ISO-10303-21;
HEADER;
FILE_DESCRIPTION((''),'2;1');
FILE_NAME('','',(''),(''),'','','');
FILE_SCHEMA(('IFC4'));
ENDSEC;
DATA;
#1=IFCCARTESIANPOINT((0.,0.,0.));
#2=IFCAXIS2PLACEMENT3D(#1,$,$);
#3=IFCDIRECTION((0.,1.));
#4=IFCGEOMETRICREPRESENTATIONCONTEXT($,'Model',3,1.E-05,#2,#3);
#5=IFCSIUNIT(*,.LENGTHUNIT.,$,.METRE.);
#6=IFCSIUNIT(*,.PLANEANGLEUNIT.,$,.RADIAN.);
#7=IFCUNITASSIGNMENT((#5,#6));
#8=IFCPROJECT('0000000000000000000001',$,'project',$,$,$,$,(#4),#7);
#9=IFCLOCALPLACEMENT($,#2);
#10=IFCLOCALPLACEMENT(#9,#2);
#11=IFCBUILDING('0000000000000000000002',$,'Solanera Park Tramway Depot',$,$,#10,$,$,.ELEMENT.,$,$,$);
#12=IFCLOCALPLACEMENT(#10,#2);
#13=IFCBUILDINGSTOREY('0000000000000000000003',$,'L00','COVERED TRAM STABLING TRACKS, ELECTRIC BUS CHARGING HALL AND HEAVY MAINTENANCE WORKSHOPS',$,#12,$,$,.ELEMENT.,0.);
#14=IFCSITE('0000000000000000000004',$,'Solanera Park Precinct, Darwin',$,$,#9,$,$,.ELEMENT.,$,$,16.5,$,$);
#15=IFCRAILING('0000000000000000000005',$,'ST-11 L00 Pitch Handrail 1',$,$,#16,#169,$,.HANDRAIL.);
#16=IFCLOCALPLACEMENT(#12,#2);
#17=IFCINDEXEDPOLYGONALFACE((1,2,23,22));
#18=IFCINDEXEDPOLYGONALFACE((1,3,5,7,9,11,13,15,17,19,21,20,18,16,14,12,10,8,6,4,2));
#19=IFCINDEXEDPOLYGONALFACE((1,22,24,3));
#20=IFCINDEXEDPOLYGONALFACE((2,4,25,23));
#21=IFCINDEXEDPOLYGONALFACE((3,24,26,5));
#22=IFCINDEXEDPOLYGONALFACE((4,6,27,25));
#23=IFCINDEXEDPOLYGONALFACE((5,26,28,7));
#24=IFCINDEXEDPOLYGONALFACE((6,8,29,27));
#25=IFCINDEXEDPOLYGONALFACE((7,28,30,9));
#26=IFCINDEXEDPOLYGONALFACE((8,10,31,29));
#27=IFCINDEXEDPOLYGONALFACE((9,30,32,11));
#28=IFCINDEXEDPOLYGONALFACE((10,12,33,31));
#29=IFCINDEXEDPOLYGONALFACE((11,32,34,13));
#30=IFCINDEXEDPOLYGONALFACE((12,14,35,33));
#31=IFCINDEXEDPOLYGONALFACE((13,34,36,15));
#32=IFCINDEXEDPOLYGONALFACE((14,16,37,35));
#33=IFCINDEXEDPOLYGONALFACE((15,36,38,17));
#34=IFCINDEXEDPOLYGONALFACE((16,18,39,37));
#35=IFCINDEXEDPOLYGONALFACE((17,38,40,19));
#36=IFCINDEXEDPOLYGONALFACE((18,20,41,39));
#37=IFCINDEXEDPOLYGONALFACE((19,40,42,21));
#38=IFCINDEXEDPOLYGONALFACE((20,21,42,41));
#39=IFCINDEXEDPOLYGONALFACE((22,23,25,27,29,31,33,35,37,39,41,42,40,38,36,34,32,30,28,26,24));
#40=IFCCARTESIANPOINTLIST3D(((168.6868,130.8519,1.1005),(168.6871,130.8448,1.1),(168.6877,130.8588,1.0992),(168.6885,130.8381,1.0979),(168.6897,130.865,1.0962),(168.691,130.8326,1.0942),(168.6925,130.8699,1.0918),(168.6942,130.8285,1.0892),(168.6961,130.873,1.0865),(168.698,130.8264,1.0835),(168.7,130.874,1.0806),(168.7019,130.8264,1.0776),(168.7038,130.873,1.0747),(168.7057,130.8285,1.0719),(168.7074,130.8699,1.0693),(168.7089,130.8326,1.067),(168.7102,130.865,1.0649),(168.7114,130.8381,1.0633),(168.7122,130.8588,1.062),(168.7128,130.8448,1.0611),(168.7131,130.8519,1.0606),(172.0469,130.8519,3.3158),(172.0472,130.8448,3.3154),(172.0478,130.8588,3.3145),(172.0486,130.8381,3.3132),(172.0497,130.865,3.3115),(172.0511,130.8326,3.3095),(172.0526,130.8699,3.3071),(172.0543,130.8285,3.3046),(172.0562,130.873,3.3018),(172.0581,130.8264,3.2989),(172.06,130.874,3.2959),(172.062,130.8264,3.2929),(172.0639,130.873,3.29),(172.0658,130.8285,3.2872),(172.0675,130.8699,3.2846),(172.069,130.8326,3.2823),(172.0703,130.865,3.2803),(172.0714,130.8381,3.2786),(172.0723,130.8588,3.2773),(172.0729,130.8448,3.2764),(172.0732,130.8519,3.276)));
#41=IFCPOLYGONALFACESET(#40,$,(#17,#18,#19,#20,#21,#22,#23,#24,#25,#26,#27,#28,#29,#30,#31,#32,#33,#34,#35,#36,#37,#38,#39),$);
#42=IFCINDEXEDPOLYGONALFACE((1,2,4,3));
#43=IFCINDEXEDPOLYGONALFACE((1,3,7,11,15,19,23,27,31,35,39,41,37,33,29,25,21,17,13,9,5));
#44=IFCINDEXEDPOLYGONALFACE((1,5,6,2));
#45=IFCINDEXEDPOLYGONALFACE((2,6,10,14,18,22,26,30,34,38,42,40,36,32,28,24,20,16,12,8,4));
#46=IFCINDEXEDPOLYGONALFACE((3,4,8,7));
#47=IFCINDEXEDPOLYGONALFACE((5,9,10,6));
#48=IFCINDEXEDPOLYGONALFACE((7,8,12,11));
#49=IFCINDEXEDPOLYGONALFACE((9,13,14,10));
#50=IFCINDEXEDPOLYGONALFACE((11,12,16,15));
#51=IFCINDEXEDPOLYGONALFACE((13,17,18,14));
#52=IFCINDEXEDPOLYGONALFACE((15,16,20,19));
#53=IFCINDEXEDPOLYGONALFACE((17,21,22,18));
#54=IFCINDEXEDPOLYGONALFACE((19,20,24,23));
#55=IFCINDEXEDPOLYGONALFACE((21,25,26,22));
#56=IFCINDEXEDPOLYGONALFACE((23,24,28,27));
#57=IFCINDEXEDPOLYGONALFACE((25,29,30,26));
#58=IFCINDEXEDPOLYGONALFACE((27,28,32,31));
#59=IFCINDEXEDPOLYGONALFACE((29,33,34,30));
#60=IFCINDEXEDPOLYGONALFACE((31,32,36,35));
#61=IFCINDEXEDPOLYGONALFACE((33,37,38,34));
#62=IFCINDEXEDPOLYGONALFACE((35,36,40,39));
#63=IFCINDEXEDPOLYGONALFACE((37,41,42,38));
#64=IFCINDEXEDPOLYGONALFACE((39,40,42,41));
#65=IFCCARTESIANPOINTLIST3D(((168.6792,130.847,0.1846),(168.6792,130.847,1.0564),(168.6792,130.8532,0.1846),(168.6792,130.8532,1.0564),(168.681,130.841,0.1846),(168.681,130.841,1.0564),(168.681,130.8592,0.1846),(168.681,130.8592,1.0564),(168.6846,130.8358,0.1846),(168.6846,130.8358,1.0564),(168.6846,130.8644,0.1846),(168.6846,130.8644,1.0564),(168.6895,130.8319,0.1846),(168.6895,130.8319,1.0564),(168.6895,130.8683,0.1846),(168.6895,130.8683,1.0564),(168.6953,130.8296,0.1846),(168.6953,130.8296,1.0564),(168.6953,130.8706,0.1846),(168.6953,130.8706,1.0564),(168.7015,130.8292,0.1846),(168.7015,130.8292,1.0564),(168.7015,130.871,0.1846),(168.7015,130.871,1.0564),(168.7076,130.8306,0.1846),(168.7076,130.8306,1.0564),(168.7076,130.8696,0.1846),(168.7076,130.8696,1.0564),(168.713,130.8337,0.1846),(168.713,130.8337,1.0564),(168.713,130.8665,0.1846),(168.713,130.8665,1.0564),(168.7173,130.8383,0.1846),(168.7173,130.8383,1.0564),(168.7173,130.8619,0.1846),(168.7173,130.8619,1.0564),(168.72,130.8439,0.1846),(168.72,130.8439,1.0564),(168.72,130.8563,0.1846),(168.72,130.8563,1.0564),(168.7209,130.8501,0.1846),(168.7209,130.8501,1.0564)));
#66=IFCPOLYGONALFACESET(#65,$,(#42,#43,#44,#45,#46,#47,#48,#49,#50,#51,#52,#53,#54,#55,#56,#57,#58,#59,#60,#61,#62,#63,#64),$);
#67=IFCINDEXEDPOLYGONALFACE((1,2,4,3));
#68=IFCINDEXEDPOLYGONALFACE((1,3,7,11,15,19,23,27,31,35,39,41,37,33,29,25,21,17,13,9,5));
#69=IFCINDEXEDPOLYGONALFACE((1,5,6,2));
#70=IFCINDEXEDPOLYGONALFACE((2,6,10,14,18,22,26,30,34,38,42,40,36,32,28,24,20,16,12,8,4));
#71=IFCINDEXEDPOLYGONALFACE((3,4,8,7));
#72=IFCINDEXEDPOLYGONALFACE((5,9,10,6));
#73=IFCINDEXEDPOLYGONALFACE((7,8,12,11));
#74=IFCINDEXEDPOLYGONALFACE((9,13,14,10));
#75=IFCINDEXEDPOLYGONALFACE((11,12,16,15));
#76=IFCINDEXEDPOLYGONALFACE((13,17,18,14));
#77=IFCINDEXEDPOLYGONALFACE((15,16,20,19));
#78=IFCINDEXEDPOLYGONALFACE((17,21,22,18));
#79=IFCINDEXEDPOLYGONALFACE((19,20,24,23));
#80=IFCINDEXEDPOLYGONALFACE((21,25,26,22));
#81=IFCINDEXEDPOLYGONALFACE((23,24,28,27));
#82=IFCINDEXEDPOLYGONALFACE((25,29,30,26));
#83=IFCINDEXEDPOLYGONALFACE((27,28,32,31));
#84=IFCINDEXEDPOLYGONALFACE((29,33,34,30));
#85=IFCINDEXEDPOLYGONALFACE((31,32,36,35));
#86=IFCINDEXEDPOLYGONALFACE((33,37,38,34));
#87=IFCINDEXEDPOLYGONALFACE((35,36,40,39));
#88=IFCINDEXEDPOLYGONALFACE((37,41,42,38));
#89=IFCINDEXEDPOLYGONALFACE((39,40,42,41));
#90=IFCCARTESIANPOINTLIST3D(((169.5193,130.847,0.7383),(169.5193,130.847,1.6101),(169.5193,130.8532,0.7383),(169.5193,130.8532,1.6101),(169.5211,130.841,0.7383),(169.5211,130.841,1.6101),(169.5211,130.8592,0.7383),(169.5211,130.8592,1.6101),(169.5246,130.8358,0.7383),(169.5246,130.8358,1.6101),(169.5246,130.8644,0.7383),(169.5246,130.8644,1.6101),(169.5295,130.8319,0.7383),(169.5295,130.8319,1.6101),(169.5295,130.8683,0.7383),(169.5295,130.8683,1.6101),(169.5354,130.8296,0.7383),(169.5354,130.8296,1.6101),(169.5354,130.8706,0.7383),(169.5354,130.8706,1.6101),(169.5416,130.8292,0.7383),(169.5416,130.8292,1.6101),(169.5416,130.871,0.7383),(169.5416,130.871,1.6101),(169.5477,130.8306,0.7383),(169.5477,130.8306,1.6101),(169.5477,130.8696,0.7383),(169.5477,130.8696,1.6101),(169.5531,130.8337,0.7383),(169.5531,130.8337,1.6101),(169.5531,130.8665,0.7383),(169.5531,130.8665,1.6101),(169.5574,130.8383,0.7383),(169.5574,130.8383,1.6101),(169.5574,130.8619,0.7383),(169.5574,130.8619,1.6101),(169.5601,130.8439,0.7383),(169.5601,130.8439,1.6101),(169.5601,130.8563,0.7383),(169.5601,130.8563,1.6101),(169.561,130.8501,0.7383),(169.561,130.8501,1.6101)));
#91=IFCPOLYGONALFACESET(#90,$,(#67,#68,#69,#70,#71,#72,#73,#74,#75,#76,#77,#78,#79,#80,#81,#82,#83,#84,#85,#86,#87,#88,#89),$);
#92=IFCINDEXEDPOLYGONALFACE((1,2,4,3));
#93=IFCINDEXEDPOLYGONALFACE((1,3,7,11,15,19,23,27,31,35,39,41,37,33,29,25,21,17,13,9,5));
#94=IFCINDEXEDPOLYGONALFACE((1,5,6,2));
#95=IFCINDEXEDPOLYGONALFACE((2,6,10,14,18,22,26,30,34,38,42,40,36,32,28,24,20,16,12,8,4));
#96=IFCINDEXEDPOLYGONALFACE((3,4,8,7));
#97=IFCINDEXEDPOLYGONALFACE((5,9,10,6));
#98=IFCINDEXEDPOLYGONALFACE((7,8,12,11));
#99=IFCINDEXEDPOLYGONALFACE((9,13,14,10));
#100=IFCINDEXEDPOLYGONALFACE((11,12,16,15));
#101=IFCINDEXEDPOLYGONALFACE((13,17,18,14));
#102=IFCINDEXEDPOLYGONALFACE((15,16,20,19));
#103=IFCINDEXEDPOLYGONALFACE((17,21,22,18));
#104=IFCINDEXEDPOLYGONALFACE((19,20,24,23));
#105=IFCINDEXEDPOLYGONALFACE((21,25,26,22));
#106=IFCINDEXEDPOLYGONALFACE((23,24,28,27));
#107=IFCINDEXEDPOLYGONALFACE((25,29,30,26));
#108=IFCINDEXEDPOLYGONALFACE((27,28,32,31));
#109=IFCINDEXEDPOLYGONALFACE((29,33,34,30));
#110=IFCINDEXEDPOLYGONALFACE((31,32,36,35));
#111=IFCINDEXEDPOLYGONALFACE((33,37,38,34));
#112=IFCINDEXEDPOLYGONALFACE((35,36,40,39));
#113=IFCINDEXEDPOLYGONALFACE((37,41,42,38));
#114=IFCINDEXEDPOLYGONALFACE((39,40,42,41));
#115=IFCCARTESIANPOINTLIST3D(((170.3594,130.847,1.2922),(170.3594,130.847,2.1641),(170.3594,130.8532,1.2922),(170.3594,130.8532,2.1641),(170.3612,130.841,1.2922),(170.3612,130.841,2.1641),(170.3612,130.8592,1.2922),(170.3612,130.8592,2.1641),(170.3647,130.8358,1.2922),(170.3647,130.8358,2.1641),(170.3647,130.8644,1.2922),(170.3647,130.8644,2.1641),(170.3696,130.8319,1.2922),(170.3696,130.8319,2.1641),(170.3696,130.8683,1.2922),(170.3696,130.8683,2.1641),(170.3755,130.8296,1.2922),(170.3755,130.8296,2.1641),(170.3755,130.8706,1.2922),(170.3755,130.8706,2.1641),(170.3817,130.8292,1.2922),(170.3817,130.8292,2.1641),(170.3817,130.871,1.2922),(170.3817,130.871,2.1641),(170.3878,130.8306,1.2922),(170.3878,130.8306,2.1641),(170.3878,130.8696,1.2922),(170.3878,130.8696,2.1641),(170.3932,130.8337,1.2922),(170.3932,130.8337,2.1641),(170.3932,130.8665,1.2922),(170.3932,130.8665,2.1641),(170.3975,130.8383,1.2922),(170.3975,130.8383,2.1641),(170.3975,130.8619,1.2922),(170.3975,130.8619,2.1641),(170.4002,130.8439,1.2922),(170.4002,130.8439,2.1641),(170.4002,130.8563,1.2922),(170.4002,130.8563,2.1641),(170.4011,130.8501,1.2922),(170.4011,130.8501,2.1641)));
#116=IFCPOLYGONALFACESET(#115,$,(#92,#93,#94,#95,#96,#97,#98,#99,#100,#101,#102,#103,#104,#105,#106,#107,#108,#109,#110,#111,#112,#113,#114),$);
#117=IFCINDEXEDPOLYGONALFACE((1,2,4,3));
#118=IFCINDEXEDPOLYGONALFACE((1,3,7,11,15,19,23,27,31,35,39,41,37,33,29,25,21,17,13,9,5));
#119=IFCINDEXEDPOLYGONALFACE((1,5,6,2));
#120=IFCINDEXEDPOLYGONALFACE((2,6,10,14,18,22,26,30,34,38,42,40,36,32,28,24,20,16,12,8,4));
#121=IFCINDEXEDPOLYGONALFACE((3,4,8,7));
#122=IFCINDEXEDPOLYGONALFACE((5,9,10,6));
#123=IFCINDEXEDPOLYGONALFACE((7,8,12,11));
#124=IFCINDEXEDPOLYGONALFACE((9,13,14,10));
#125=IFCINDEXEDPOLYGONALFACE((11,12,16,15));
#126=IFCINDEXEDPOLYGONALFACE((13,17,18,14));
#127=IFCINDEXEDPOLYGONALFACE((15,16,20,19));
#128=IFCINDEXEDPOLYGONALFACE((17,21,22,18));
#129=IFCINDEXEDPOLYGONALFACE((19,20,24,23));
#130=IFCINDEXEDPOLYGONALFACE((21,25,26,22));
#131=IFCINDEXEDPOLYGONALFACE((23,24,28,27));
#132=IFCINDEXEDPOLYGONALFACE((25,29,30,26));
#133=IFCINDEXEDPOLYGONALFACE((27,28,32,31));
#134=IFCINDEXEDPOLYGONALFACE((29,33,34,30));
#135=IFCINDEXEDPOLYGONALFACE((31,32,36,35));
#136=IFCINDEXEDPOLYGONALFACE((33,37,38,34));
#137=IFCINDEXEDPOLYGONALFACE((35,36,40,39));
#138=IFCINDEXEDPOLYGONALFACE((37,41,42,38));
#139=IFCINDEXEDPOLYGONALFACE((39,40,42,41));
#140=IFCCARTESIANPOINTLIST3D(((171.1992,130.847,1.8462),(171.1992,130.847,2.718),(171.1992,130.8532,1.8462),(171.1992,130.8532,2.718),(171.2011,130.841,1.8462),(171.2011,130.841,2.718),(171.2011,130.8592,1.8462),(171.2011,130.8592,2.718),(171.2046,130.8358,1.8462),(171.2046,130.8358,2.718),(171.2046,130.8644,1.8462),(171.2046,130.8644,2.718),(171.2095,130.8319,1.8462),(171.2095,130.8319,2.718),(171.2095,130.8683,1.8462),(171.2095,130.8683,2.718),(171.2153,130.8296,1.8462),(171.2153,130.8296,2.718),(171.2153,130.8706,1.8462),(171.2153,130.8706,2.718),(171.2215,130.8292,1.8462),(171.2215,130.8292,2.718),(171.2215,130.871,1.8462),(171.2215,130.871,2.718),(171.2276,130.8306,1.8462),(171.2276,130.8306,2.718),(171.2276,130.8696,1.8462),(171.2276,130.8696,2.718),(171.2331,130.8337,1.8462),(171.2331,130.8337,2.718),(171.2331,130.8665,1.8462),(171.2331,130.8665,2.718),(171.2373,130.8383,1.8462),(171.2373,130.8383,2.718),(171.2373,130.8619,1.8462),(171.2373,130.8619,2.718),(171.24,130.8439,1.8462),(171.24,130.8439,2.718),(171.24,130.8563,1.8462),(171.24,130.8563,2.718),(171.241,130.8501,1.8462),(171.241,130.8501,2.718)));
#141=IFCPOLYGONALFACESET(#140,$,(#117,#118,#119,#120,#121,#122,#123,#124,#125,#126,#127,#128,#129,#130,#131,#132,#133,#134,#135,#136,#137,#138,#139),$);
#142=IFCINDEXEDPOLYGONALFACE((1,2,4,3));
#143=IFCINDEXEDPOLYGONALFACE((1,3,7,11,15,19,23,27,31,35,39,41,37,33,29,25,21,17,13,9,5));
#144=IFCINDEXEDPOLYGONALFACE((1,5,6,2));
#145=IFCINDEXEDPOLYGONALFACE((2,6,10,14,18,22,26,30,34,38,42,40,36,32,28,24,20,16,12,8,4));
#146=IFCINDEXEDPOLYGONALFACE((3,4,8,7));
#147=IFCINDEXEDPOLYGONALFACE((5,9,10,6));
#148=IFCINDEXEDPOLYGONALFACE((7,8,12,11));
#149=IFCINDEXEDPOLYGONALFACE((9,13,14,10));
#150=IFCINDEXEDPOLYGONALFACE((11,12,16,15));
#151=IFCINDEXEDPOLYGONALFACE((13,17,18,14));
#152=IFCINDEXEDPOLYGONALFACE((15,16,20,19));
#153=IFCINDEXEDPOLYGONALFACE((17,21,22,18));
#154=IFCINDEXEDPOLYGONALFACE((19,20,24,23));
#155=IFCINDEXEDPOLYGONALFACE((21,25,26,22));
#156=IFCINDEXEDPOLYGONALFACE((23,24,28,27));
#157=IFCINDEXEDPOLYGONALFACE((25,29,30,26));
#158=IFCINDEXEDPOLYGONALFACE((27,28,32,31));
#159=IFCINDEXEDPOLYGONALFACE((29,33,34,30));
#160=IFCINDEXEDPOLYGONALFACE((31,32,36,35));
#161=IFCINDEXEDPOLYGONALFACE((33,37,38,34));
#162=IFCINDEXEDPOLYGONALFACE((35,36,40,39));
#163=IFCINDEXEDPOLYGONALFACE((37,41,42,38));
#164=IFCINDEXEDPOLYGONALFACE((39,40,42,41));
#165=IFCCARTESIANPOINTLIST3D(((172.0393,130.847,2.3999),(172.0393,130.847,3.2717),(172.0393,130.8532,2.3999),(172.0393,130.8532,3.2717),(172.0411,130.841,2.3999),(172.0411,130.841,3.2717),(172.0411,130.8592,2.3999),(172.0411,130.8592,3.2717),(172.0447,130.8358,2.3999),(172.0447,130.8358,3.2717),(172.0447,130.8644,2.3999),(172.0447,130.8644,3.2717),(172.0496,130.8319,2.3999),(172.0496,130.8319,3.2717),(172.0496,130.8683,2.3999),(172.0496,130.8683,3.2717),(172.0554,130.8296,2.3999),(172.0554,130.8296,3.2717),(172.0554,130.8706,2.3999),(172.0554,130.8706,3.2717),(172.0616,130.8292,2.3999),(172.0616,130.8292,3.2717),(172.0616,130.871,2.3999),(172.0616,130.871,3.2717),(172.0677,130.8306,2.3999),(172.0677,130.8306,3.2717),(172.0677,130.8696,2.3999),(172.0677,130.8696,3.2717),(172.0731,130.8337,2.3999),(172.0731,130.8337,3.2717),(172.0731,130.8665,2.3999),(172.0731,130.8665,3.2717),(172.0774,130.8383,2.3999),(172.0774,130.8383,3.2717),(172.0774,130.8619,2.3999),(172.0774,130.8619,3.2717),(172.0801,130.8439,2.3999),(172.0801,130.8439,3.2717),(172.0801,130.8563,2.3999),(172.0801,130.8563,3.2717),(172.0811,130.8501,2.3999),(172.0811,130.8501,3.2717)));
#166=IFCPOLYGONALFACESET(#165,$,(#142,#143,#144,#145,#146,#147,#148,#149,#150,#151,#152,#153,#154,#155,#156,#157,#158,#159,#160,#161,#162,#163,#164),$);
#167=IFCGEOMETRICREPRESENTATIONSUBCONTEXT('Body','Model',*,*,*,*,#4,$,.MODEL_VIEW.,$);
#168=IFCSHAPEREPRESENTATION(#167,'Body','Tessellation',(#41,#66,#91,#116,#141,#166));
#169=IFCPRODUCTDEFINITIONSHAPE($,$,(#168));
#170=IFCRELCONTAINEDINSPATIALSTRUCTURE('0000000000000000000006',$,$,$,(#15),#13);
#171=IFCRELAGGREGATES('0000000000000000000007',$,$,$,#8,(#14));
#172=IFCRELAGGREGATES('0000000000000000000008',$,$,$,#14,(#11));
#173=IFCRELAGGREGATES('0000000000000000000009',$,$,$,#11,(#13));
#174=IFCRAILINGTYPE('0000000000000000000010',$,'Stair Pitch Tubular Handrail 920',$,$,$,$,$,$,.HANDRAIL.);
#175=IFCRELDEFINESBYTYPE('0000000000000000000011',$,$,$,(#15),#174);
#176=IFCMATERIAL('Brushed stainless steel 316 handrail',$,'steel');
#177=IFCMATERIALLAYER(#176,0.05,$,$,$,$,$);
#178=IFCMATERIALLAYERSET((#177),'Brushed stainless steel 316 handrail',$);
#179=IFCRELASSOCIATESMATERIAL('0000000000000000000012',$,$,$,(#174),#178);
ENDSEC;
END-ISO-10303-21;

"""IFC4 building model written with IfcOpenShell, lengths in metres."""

from ifc_helpers import new_model, si_unit, direction, frame, origin, origin_2d, place, context, subcontext, project, spatial, circle, extrude, material, layer, layer_set, type_object, element, save


model = new_model("IFC4")

# Units and contexts
model_context = context("Model", 3, precision=1e-05, world=origin(), true_north=direction((0.0, 1.0)))
body_context = subcontext(model_context, "Body", "Model", "MODEL_VIEW")
ifc_project = project(units=[si_unit("LENGTHUNIT", "METRE"), si_unit("PLANEANGLEUNIT", "RADIAN")], contexts=[model_context])

# Site, building, storey
site_placement = place(None, origin())
site = spatial("IfcSite", under=ifc_project, at=site_placement, Name="Solanera Park Precinct, Darwin", CompositionType="ELEMENT", RefElevation=16.5)
building_placement = place(site_placement, origin())
building = spatial("IfcBuilding", under=site, at=building_placement, Name="Solanera Park Tramway Depot", CompositionType="ELEMENT")
storey_placement = place(building_placement, origin())
storey = spatial("IfcBuildingStorey", under=building, at=storey_placement, Name="L00", Description="COVERED TRAM STABLING TRACKS, ELECTRIC BUS CHARGING HALL AND HEAVY MAINTENANCE WORKSHOPS", CompositionType="ELEMENT", Elevation=0.0)

# Railing
ifc_material_1 = material(Name="Brushed stainless steel 316 handrail", Category="steel")
ifc_layer_1 = layer(ifc_material_1, 0.05)
ifc_layer_set_1 = layer_set([ifc_layer_1], Name="Brushed stainless steel 316 handrail")
railing_type_1 = type_object("IfcRailingType", Name="Stair Pitch Tubular Handrail 920", PredefinedType="HANDRAIL", material=ifc_layer_set_1)
railing_1_placement = place(storey_placement, frame((168.7, 130.8501, 0.1846)))
element("IfcRailing", 1, at=railing_1_placement, inside=storey, type_object=railing_type_1, Name="ST-11 L00 Pitch Handrail 1", PredefinedType="HANDRAIL", context=body_context, shape_type="SweptSolid", body=[
    extrude(circle(Radius=0.0239, at=origin_2d()), frame((0.0, 0.0, 0.896), z_axis=(0.834876, 0.0, 0.550437), x_axis=(0.0, 1.0, 0.0)), (0.0, 0.0, 1.0), 4.0247),
    extrude(circle(Radius=0.021, at=origin_2d()), origin(), (0.0, 0.0, 1.0), 0.8718),
    extrude(circle(Radius=0.021, at=origin_2d()), frame((0.8401, 0.0, 0.5537)), (0.0, 0.0, 1.0), 0.8718),
    extrude(circle(Radius=0.021, at=origin_2d()), frame((1.6802, 0.0, 1.1077)), (0.0, 0.0, 1.0), 0.8718),
    extrude(circle(Radius=0.021, at=origin_2d()), frame((2.52, 0.0, 1.6616)), (0.0, 0.0, 1.0), 0.8718),
    extrude(circle(Radius=0.021, at=origin_2d()), frame((3.3601, 0.0, 2.2153)), (0.0, 0.0, 1.0), 0.8718),
])

save(model, "model.ifc")
